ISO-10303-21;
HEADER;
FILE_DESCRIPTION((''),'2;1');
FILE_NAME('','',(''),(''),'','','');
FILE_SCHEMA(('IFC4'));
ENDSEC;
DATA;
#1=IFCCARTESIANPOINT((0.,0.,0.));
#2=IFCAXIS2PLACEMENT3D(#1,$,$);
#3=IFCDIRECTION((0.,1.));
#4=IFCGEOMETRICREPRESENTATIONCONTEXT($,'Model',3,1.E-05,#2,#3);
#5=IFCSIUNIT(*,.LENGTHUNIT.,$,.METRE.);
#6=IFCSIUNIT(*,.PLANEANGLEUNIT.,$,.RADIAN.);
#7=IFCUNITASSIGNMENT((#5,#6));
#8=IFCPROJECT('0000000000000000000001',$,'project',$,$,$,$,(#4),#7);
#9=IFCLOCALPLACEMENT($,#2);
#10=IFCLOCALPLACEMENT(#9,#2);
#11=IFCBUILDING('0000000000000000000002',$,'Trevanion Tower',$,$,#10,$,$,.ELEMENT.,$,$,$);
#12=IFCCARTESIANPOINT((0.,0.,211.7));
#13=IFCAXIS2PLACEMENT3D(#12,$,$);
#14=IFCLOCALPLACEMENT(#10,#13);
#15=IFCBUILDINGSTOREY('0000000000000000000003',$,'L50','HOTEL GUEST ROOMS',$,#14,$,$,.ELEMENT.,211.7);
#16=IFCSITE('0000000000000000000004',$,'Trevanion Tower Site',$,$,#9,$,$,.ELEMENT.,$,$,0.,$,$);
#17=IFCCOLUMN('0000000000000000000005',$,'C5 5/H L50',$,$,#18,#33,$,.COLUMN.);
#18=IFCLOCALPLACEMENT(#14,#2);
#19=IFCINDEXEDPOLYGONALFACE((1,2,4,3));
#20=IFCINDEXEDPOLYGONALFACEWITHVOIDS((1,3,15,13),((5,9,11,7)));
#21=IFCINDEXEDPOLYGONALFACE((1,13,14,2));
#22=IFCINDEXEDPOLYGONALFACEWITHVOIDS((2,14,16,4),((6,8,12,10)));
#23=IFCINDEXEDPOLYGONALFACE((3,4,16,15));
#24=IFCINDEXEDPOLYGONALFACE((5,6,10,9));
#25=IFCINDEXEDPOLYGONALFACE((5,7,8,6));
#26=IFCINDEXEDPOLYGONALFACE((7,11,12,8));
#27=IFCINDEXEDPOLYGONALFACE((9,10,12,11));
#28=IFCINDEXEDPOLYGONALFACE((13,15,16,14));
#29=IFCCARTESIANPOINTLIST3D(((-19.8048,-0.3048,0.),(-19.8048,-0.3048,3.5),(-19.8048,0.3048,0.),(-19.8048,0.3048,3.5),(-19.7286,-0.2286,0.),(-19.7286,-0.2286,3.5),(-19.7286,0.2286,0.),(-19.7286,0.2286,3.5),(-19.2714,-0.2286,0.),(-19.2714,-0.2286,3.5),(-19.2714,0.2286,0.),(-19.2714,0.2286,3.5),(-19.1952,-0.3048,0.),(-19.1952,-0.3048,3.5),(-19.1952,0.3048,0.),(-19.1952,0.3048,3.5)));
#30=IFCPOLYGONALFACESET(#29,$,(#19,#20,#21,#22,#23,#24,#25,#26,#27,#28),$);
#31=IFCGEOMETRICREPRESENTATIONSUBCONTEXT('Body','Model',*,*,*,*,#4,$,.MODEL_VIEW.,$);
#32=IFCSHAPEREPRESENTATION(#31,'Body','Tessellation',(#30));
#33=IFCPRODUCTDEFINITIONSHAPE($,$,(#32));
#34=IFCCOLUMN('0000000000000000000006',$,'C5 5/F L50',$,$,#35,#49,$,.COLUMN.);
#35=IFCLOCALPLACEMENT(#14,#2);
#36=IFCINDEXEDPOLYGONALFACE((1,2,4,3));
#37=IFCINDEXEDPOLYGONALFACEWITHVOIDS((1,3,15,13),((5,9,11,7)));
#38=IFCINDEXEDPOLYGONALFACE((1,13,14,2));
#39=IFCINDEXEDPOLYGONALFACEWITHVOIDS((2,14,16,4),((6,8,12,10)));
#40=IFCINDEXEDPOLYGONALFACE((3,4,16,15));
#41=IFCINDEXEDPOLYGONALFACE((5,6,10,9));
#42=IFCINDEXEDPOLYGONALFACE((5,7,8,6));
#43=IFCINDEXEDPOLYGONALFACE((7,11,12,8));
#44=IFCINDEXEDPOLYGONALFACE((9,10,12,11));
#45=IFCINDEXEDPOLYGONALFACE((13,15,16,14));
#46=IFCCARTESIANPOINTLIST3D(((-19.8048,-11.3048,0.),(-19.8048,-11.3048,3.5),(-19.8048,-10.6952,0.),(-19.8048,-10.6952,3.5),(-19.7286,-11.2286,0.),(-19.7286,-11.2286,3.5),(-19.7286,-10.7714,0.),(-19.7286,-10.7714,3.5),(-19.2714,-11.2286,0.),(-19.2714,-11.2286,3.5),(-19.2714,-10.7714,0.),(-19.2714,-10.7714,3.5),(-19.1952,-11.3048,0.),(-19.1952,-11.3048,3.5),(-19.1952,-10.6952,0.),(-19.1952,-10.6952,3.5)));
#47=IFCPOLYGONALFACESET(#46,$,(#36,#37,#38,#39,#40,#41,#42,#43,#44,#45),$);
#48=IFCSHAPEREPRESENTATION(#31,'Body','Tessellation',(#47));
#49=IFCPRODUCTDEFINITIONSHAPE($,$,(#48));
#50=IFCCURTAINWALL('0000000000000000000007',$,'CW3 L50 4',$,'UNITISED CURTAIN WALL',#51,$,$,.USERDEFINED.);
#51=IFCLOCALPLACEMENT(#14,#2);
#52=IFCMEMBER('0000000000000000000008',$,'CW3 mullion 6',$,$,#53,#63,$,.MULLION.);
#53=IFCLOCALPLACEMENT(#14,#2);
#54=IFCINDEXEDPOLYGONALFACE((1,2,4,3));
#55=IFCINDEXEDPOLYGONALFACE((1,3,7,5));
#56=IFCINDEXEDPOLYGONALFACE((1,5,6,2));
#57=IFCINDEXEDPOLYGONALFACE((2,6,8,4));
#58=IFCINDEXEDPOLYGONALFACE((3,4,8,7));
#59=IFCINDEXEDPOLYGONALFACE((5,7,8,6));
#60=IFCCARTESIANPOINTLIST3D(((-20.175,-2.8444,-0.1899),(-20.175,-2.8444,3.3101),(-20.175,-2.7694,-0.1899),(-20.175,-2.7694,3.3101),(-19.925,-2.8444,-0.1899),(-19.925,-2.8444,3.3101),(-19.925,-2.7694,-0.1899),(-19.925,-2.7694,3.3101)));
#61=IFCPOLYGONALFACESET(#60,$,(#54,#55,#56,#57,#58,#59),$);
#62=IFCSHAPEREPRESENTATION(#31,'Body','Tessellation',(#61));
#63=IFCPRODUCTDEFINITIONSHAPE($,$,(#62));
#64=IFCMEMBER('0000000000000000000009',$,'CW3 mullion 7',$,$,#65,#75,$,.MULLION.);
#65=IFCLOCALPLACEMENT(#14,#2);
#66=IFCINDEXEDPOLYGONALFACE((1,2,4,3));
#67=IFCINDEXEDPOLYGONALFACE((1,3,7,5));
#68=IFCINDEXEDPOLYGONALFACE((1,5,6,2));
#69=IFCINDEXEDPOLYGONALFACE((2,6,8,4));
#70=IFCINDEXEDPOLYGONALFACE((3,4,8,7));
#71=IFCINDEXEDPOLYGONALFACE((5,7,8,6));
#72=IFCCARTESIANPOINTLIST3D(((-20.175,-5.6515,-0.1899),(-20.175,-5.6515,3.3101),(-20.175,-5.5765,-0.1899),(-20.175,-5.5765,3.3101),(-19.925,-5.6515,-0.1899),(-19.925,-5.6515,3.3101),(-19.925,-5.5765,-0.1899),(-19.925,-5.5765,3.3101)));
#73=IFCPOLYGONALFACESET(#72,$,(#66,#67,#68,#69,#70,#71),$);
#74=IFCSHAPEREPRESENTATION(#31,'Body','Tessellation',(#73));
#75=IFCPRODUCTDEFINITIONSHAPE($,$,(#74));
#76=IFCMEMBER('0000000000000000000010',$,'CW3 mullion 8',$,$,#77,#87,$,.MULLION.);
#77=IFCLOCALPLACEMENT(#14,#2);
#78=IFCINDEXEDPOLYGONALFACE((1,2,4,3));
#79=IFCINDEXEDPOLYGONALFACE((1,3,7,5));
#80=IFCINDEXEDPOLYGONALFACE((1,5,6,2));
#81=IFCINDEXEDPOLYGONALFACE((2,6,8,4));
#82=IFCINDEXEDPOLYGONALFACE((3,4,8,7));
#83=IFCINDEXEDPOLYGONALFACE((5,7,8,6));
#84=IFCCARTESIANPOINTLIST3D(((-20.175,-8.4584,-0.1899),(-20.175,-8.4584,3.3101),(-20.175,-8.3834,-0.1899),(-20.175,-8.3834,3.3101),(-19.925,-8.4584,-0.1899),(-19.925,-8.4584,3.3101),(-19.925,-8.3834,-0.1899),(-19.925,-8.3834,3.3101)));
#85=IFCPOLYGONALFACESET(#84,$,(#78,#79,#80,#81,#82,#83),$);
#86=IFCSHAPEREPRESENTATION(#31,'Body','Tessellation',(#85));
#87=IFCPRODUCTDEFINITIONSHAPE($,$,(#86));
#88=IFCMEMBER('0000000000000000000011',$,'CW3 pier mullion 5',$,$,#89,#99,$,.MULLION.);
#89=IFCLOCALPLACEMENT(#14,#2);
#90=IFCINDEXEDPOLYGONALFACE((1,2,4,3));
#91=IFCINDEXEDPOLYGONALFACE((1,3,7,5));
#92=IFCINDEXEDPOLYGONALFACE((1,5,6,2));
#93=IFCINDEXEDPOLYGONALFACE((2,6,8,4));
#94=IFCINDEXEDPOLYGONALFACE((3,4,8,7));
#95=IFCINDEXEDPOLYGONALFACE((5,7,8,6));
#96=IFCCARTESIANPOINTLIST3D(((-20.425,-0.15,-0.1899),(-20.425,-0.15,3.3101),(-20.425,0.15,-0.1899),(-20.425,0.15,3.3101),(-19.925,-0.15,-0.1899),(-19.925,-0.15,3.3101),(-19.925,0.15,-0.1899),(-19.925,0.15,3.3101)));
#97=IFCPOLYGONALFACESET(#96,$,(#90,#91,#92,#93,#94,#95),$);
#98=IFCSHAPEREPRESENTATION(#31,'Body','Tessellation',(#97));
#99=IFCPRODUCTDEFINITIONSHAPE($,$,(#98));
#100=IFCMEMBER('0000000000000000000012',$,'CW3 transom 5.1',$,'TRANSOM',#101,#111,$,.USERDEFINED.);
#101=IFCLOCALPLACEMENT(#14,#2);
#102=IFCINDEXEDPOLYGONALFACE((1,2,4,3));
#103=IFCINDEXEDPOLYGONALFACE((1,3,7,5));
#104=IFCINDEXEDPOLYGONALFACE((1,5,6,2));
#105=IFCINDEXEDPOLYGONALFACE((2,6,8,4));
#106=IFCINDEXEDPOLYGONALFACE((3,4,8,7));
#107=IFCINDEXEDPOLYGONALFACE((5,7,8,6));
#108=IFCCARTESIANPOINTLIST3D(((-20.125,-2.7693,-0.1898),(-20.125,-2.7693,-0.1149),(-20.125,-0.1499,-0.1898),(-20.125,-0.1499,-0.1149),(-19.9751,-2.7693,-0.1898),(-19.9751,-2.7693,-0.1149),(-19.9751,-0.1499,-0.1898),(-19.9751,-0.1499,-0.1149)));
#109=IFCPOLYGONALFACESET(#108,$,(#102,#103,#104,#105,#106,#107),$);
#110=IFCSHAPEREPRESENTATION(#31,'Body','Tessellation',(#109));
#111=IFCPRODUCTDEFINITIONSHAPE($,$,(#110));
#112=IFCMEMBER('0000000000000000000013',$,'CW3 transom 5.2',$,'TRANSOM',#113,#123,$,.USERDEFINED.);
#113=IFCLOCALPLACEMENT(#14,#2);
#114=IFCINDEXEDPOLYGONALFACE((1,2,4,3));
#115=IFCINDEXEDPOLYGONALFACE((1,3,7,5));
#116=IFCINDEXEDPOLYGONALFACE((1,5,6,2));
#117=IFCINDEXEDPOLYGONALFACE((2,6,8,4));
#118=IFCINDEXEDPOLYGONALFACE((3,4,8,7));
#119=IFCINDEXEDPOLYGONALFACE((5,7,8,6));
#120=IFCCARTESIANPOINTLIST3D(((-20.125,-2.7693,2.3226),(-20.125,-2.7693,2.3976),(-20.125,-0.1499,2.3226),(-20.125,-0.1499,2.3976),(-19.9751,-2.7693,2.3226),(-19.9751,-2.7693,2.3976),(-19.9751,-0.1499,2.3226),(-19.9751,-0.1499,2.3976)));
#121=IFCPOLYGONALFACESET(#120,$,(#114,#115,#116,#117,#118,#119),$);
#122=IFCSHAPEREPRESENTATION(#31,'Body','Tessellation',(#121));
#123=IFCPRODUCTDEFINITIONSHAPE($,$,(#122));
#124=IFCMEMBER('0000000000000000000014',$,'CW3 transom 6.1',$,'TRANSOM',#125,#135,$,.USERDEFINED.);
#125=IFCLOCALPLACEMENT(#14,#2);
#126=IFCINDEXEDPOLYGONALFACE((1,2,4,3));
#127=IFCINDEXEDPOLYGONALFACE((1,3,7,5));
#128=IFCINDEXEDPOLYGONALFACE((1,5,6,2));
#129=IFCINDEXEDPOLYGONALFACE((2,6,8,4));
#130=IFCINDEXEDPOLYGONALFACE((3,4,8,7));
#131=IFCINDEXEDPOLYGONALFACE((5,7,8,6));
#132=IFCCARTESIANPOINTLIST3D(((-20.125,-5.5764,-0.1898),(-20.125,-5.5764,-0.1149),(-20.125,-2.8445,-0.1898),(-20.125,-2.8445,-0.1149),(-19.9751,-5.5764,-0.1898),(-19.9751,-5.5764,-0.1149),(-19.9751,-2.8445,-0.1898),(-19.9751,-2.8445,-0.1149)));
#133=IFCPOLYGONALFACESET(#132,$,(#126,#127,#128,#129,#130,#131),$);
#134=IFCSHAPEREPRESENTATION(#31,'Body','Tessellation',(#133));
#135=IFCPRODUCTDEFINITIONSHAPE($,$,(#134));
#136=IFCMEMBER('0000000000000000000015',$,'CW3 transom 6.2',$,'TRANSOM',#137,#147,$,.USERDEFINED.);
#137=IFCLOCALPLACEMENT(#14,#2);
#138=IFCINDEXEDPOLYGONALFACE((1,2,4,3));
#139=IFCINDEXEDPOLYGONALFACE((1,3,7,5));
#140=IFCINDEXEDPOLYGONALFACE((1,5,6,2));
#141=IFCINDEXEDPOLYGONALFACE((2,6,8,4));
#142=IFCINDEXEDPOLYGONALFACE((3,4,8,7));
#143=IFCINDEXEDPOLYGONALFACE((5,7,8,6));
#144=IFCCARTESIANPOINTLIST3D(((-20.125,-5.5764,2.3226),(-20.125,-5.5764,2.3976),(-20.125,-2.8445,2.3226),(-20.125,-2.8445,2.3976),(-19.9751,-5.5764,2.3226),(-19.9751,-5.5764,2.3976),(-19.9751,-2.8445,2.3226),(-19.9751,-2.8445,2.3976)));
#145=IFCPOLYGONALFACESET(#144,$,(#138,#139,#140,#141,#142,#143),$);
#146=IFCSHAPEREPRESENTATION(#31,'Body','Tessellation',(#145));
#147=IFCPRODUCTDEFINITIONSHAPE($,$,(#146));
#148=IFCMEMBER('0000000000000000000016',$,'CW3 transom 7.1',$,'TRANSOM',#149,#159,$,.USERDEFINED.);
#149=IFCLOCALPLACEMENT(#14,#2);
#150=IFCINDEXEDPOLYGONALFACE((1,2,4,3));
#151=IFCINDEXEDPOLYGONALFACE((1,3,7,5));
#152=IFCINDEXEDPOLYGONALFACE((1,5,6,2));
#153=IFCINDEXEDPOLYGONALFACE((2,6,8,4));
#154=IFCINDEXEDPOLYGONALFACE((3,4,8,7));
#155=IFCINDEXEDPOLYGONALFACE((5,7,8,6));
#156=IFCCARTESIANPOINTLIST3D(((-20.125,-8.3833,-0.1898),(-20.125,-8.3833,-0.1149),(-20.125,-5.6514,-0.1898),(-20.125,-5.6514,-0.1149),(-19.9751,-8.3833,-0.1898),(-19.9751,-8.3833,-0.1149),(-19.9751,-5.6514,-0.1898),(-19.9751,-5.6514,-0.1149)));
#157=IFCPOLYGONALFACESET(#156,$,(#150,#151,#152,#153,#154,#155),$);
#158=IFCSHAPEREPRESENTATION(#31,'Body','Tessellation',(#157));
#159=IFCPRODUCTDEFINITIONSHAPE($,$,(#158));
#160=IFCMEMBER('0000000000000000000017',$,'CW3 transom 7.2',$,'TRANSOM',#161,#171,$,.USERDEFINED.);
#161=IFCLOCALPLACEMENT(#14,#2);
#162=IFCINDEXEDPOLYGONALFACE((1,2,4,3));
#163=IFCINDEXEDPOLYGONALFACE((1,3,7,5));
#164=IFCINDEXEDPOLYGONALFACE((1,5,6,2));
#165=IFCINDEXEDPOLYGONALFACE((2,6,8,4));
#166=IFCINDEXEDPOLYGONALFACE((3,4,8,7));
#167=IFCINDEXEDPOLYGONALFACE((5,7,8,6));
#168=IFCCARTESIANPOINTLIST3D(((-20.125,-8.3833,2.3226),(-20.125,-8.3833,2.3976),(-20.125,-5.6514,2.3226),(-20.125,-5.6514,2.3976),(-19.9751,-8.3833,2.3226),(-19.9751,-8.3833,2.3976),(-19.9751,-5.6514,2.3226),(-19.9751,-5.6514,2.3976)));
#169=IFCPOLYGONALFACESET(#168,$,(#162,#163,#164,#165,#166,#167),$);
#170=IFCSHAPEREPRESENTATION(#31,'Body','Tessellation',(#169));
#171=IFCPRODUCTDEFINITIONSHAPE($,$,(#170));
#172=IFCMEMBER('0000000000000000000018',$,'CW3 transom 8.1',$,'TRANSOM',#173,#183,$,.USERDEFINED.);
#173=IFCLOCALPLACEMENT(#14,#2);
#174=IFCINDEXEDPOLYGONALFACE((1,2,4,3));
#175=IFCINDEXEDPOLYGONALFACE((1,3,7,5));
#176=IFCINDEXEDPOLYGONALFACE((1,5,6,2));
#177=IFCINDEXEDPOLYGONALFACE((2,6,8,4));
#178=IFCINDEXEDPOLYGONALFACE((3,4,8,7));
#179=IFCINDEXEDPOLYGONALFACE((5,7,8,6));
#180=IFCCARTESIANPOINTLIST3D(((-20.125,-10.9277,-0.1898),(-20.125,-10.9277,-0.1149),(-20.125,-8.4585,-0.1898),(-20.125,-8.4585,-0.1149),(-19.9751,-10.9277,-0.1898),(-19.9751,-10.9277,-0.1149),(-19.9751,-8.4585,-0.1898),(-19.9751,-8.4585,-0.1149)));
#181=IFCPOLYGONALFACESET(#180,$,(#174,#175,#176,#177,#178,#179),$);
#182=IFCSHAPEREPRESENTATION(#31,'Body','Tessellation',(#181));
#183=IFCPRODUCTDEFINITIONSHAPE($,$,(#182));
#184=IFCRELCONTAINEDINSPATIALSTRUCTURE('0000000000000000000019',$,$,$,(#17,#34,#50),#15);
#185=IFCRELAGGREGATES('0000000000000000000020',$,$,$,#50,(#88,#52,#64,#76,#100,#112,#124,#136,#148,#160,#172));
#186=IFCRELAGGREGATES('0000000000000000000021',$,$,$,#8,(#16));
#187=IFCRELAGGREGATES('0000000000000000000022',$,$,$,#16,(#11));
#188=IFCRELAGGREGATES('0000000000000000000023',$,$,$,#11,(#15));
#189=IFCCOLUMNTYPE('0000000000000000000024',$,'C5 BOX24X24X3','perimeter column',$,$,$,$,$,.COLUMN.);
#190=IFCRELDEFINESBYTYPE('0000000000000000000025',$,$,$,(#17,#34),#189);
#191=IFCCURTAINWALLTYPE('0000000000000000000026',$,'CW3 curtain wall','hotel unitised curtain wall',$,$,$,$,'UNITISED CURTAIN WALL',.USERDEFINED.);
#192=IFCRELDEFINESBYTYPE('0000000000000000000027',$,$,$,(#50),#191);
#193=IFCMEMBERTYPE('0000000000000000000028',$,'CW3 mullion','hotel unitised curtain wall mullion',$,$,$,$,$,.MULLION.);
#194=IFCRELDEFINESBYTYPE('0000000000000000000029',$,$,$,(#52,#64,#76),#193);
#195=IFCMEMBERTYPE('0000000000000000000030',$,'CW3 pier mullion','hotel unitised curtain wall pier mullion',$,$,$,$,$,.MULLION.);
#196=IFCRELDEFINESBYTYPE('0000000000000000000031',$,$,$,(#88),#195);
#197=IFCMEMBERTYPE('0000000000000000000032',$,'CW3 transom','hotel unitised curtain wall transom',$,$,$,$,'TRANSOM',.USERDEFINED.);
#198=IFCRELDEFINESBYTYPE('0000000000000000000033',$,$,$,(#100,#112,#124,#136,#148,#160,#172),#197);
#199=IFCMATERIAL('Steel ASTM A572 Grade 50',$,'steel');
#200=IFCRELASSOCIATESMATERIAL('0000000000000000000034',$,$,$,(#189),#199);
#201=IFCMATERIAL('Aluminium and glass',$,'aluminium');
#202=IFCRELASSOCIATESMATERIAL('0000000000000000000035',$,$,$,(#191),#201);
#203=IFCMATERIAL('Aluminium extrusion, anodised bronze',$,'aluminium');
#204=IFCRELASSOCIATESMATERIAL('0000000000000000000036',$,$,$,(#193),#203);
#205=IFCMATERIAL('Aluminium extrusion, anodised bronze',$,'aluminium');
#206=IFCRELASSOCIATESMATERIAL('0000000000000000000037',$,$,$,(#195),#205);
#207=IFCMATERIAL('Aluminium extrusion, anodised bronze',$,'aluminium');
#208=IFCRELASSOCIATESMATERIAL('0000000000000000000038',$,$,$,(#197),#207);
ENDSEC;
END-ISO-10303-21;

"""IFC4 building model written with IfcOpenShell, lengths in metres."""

from ifc_helpers import new_model, si_unit, direction, frame, origin, origin_2d, place, context, subcontext, project, spatial, rectangle, hollow_rectangle, extrude, material, material_profile, profile_set, type_object, element, aggregate, save


model = new_model("IFC4")

# Units and contexts
model_context = context("Model", 3, precision=1e-05, world=origin(), true_north=direction((0.0, 1.0)))
body_context = subcontext(model_context, "Body", "Model", "MODEL_VIEW")
ifc_project = project(units=[si_unit("LENGTHUNIT", "METRE"), si_unit("PLANEANGLEUNIT", "RADIAN")], contexts=[model_context])

# Site, building, storey
site_placement = place(None, origin())
site = spatial("IfcSite", under=ifc_project, at=site_placement, Name="Trevanion Tower Site", CompositionType="ELEMENT", RefElevation=0.0)
building_placement = place(site_placement, origin())
building = spatial("IfcBuilding", under=site, at=building_placement, Name="Trevanion Tower", CompositionType="ELEMENT")
storey_placement = place(building_placement, frame((0.0, 0.0, 211.7)))
storey = spatial("IfcBuildingStorey", under=building, at=storey_placement, Name="L50", Description="HOTEL GUEST ROOMS", CompositionType="ELEMENT", Elevation=211.7)

# Columns
ifc_material_1 = material(Name="Steel ASTM A572 Grade 50", Category="steel")
ifc_material_profile_1 = material_profile(ifc_material_1, hollow_rectangle(XDim=0.6096, YDim=0.6096, WallThickness=0.0762, at=origin_2d()), Name="BOX24X24X3")
ifc_profile_set_1 = profile_set([ifc_material_profile_1], Name="Steel ASTM A572 Grade 50")
column_type = type_object("IfcColumnType", Name="C5 BOX24X24X3", Description="perimeter column", PredefinedType="COLUMN", material=ifc_profile_set_1)
for number, where, z_axis, x_axis, name in (
    (1, (-19.5, 0.0, 0.0), (0.0, 0.0, 1.0), (0.0, 1.0, 0.0), "C5 5/H L50"),
    (2, (-19.5, -11.0, 0.0), (0.0, 0.0, 1.0), (0.0, 1.0, 0.0), "C5 5/F L50"),
):
    element("IfcColumn", number, at=place(storey_placement, frame(where, z_axis=z_axis, x_axis=x_axis)), inside=storey, type_object=column_type, Name=name, PredefinedType="COLUMN", context=body_context, shape_type="SweptSolid", body=[
        extrude(hollow_rectangle(XDim=0.6096, YDim=0.6096, WallThickness=0.0762, at=origin_2d()), origin(), (0.0, 0.0, 1.0), 3.5),
    ])

# Curtain wall, members
ifc_material_2 = material(Name="Aluminium and glass", Category="aluminium")
curtain_wall_type = type_object("IfcCurtainWallType", Name="CW3 curtain wall", Description="hotel unitised curtain wall", ElementType="UNITISED CURTAIN WALL", PredefinedType="USERDEFINED", material=ifc_material_2)
curtain_wall_placement = place(storey_placement, origin())
curtain_wall = element("IfcCurtainWall", 3, at=curtain_wall_placement, inside=storey, type_object=curtain_wall_type, Name="CW3 L50 4", ObjectType="UNITISED CURTAIN WALL", PredefinedType="USERDEFINED")
ifc_material_3 = material(Name="Aluminium extrusion, anodised bronze", Category="aluminium")
ifc_material_profile_2 = material_profile(ifc_material_3, rectangle(XDim=0.075, YDim=0.25, at=origin_2d()), Name="CW3 mullion")
ifc_profile_set_2 = profile_set([ifc_material_profile_2], Name="Aluminium extrusion, anodised bronze")
member_type_1 = type_object("IfcMemberType", Name="CW3 mullion", Description="hotel unitised curtain wall mullion", PredefinedType="MULLION", material=ifc_profile_set_2)
member_1_placement = place(storey_placement, frame((-20.05, -2.8069, -0.1899), z_axis=(0.0, 0.0, 1.0), x_axis=(0.0, -1.0, 0.0)))
member_1 = element("IfcMember", 4, at=member_1_placement, type_object=member_type_1, Name="CW3 mullion 6", PredefinedType="MULLION", context=body_context, shape_type="SweptSolid", body=[
    extrude(rectangle(XDim=0.075, YDim=0.25, at=origin_2d()), origin(), (0.0, 0.0, 1.0), 3.5),
])
member_2_placement = place(storey_placement, frame((-20.05, -5.614, -0.1899), z_axis=(0.0, 0.0, 1.0), x_axis=(0.0, -1.0, 0.0)))
member_2 = element("IfcMember", 5, at=member_2_placement, type_object=member_type_1, Name="CW3 mullion 7", PredefinedType="MULLION", context=body_context, shape_type="SweptSolid", body=[
    extrude(rectangle(XDim=0.075, YDim=0.25, at=origin_2d()), origin(), (0.0, 0.0, 1.0), 3.5),
])
member_3_placement = place(storey_placement, frame((-20.05, -8.4209, -0.1899), z_axis=(0.0, 0.0, 1.0), x_axis=(0.0, -1.0, 0.0)))
member_3 = element("IfcMember", 6, at=member_3_placement, type_object=member_type_1, Name="CW3 mullion 8", PredefinedType="MULLION", context=body_context, shape_type="SweptSolid", body=[
    extrude(rectangle(XDim=0.075, YDim=0.25, at=origin_2d()), origin(), (0.0, 0.0, 1.0), 3.5),
])
ifc_material_4 = material(Name="Aluminium extrusion, anodised bronze", Category="aluminium")
ifc_material_profile_3 = material_profile(ifc_material_4, rectangle(XDim=0.3, YDim=0.5, at=origin_2d()), Name="CW3 pier mullion")
ifc_profile_set_3 = profile_set([ifc_material_profile_3], Name="Aluminium extrusion, anodised bronze")
member_type_2 = type_object("IfcMemberType", Name="CW3 pier mullion", Description="hotel unitised curtain wall pier mullion", PredefinedType="MULLION", material=ifc_profile_set_3)
member_4_placement = place(storey_placement, frame((-20.175, 0.0, -0.1899), z_axis=(0.0, 0.0, 1.0), x_axis=(0.0, -1.0, 0.0)))
member_4 = element("IfcMember", 7, at=member_4_placement, type_object=member_type_2, Name="CW3 pier mullion 5", PredefinedType="MULLION", context=body_context, shape_type="SweptSolid", body=[
    extrude(rectangle(XDim=0.3, YDim=0.5, at=origin_2d()), origin(), (0.0, 0.0, 1.0), 3.5),
])
ifc_material_5 = material(Name="Aluminium extrusion, anodised bronze", Category="aluminium")
ifc_material_profile_4 = material_profile(ifc_material_5, rectangle(XDim=0.1499, YDim=0.075, at=origin_2d()), Name="CW3 transom")
ifc_profile_set_4 = profile_set([ifc_material_profile_4], Name="Aluminium extrusion, anodised bronze")
member_type_3 = type_object("IfcMemberType", Name="CW3 transom", Description="hotel unitised curtain wall transom", ElementType="TRANSOM", PredefinedType="USERDEFINED", material=ifc_profile_set_4)
member_5_placement = place(storey_placement, frame((-20.05, -0.1499, -0.1523), z_axis=(0.0, -1.0, 0.0), x_axis=(1.0, 0.0, 0.0)))
member_5 = element("IfcMember", 8, at=member_5_placement, type_object=member_type_3, Name="CW3 transom 5.1", ObjectType="TRANSOM", PredefinedType="USERDEFINED", context=body_context, shape_type="SweptSolid", body=[
    extrude(rectangle(XDim=0.1499, YDim=0.075, at=origin_2d()), origin(), (0.0, 0.0, 1.0), 2.6194),
])
member_6_placement = place(storey_placement, frame((-20.05, -0.1499, 2.3601), z_axis=(0.0, -1.0, 0.0), x_axis=(1.0, 0.0, 0.0)))
member_6 = element("IfcMember", 9, at=member_6_placement, type_object=member_type_3, Name="CW3 transom 5.2", ObjectType="TRANSOM", PredefinedType="USERDEFINED", context=body_context, shape_type="SweptSolid", body=[
    extrude(rectangle(XDim=0.1499, YDim=0.075, at=origin_2d()), origin(), (0.0, 0.0, 1.0), 2.6194),
])
member_7_placement = place(storey_placement, frame((-20.05, -2.8445, -0.1523), z_axis=(0.0, -1.0, 0.0), x_axis=(1.0, 0.0, 0.0)))
member_7 = element("IfcMember", 10, at=member_7_placement, type_object=member_type_3, Name="CW3 transom 6.1", ObjectType="TRANSOM", PredefinedType="USERDEFINED", context=body_context, shape_type="SweptSolid", body=[
    extrude(rectangle(XDim=0.1499, YDim=0.075, at=origin_2d()), origin(), (0.0, 0.0, 1.0), 2.7319),
])
member_8_placement = place(storey_placement, frame((-20.05, -2.8445, 2.3601), z_axis=(0.0, -1.0, 0.0), x_axis=(1.0, 0.0, 0.0)))
member_8 = element("IfcMember", 11, at=member_8_placement, type_object=member_type_3, Name="CW3 transom 6.2", ObjectType="TRANSOM", PredefinedType="USERDEFINED", context=body_context, shape_type="SweptSolid", body=[
    extrude(rectangle(XDim=0.1499, YDim=0.075, at=origin_2d()), origin(), (0.0, 0.0, 1.0), 2.7319),
])
member_9_placement = place(storey_placement, frame((-20.05, -5.6514, -0.1523), z_axis=(0.0, -1.0, 0.0), x_axis=(1.0, 0.0, 0.0)))
member_9 = element("IfcMember", 12, at=member_9_placement, type_object=member_type_3, Name="CW3 transom 7.1", ObjectType="TRANSOM", PredefinedType="USERDEFINED", context=body_context, shape_type="SweptSolid", body=[
    extrude(rectangle(XDim=0.1499, YDim=0.075, at=origin_2d()), origin(), (0.0, 0.0, 1.0), 2.7319),
])
member_10_placement = place(storey_placement, frame((-20.05, -5.6514, 2.3601), z_axis=(0.0, -1.0, 0.0), x_axis=(1.0, 0.0, 0.0)))
member_10 = element("IfcMember", 13, at=member_10_placement, type_object=member_type_3, Name="CW3 transom 7.2", ObjectType="TRANSOM", PredefinedType="USERDEFINED", context=body_context, shape_type="SweptSolid", body=[
    extrude(rectangle(XDim=0.1499, YDim=0.075, at=origin_2d()), origin(), (0.0, 0.0, 1.0), 2.7319),
])
member_11_placement = place(storey_placement, frame((-20.05, -8.4585, -0.1523), z_axis=(0.0, -1.0, 0.0), x_axis=(1.0, 0.0, 0.0)))
member_11 = element("IfcMember", 14, at=member_11_placement, type_object=member_type_3, Name="CW3 transom 8.1", ObjectType="TRANSOM", PredefinedType="USERDEFINED", context=body_context, shape_type="SweptSolid", body=[
    extrude(rectangle(XDim=0.1499, YDim=0.075, at=origin_2d()), origin(), (0.0, 0.0, 1.0), 2.4692),
])

aggregate(curtain_wall, [member_4, member_1, member_2, member_3, member_5, member_6, member_7, member_8, member_9, member_10, member_11])

save(model, "model.ifc")
